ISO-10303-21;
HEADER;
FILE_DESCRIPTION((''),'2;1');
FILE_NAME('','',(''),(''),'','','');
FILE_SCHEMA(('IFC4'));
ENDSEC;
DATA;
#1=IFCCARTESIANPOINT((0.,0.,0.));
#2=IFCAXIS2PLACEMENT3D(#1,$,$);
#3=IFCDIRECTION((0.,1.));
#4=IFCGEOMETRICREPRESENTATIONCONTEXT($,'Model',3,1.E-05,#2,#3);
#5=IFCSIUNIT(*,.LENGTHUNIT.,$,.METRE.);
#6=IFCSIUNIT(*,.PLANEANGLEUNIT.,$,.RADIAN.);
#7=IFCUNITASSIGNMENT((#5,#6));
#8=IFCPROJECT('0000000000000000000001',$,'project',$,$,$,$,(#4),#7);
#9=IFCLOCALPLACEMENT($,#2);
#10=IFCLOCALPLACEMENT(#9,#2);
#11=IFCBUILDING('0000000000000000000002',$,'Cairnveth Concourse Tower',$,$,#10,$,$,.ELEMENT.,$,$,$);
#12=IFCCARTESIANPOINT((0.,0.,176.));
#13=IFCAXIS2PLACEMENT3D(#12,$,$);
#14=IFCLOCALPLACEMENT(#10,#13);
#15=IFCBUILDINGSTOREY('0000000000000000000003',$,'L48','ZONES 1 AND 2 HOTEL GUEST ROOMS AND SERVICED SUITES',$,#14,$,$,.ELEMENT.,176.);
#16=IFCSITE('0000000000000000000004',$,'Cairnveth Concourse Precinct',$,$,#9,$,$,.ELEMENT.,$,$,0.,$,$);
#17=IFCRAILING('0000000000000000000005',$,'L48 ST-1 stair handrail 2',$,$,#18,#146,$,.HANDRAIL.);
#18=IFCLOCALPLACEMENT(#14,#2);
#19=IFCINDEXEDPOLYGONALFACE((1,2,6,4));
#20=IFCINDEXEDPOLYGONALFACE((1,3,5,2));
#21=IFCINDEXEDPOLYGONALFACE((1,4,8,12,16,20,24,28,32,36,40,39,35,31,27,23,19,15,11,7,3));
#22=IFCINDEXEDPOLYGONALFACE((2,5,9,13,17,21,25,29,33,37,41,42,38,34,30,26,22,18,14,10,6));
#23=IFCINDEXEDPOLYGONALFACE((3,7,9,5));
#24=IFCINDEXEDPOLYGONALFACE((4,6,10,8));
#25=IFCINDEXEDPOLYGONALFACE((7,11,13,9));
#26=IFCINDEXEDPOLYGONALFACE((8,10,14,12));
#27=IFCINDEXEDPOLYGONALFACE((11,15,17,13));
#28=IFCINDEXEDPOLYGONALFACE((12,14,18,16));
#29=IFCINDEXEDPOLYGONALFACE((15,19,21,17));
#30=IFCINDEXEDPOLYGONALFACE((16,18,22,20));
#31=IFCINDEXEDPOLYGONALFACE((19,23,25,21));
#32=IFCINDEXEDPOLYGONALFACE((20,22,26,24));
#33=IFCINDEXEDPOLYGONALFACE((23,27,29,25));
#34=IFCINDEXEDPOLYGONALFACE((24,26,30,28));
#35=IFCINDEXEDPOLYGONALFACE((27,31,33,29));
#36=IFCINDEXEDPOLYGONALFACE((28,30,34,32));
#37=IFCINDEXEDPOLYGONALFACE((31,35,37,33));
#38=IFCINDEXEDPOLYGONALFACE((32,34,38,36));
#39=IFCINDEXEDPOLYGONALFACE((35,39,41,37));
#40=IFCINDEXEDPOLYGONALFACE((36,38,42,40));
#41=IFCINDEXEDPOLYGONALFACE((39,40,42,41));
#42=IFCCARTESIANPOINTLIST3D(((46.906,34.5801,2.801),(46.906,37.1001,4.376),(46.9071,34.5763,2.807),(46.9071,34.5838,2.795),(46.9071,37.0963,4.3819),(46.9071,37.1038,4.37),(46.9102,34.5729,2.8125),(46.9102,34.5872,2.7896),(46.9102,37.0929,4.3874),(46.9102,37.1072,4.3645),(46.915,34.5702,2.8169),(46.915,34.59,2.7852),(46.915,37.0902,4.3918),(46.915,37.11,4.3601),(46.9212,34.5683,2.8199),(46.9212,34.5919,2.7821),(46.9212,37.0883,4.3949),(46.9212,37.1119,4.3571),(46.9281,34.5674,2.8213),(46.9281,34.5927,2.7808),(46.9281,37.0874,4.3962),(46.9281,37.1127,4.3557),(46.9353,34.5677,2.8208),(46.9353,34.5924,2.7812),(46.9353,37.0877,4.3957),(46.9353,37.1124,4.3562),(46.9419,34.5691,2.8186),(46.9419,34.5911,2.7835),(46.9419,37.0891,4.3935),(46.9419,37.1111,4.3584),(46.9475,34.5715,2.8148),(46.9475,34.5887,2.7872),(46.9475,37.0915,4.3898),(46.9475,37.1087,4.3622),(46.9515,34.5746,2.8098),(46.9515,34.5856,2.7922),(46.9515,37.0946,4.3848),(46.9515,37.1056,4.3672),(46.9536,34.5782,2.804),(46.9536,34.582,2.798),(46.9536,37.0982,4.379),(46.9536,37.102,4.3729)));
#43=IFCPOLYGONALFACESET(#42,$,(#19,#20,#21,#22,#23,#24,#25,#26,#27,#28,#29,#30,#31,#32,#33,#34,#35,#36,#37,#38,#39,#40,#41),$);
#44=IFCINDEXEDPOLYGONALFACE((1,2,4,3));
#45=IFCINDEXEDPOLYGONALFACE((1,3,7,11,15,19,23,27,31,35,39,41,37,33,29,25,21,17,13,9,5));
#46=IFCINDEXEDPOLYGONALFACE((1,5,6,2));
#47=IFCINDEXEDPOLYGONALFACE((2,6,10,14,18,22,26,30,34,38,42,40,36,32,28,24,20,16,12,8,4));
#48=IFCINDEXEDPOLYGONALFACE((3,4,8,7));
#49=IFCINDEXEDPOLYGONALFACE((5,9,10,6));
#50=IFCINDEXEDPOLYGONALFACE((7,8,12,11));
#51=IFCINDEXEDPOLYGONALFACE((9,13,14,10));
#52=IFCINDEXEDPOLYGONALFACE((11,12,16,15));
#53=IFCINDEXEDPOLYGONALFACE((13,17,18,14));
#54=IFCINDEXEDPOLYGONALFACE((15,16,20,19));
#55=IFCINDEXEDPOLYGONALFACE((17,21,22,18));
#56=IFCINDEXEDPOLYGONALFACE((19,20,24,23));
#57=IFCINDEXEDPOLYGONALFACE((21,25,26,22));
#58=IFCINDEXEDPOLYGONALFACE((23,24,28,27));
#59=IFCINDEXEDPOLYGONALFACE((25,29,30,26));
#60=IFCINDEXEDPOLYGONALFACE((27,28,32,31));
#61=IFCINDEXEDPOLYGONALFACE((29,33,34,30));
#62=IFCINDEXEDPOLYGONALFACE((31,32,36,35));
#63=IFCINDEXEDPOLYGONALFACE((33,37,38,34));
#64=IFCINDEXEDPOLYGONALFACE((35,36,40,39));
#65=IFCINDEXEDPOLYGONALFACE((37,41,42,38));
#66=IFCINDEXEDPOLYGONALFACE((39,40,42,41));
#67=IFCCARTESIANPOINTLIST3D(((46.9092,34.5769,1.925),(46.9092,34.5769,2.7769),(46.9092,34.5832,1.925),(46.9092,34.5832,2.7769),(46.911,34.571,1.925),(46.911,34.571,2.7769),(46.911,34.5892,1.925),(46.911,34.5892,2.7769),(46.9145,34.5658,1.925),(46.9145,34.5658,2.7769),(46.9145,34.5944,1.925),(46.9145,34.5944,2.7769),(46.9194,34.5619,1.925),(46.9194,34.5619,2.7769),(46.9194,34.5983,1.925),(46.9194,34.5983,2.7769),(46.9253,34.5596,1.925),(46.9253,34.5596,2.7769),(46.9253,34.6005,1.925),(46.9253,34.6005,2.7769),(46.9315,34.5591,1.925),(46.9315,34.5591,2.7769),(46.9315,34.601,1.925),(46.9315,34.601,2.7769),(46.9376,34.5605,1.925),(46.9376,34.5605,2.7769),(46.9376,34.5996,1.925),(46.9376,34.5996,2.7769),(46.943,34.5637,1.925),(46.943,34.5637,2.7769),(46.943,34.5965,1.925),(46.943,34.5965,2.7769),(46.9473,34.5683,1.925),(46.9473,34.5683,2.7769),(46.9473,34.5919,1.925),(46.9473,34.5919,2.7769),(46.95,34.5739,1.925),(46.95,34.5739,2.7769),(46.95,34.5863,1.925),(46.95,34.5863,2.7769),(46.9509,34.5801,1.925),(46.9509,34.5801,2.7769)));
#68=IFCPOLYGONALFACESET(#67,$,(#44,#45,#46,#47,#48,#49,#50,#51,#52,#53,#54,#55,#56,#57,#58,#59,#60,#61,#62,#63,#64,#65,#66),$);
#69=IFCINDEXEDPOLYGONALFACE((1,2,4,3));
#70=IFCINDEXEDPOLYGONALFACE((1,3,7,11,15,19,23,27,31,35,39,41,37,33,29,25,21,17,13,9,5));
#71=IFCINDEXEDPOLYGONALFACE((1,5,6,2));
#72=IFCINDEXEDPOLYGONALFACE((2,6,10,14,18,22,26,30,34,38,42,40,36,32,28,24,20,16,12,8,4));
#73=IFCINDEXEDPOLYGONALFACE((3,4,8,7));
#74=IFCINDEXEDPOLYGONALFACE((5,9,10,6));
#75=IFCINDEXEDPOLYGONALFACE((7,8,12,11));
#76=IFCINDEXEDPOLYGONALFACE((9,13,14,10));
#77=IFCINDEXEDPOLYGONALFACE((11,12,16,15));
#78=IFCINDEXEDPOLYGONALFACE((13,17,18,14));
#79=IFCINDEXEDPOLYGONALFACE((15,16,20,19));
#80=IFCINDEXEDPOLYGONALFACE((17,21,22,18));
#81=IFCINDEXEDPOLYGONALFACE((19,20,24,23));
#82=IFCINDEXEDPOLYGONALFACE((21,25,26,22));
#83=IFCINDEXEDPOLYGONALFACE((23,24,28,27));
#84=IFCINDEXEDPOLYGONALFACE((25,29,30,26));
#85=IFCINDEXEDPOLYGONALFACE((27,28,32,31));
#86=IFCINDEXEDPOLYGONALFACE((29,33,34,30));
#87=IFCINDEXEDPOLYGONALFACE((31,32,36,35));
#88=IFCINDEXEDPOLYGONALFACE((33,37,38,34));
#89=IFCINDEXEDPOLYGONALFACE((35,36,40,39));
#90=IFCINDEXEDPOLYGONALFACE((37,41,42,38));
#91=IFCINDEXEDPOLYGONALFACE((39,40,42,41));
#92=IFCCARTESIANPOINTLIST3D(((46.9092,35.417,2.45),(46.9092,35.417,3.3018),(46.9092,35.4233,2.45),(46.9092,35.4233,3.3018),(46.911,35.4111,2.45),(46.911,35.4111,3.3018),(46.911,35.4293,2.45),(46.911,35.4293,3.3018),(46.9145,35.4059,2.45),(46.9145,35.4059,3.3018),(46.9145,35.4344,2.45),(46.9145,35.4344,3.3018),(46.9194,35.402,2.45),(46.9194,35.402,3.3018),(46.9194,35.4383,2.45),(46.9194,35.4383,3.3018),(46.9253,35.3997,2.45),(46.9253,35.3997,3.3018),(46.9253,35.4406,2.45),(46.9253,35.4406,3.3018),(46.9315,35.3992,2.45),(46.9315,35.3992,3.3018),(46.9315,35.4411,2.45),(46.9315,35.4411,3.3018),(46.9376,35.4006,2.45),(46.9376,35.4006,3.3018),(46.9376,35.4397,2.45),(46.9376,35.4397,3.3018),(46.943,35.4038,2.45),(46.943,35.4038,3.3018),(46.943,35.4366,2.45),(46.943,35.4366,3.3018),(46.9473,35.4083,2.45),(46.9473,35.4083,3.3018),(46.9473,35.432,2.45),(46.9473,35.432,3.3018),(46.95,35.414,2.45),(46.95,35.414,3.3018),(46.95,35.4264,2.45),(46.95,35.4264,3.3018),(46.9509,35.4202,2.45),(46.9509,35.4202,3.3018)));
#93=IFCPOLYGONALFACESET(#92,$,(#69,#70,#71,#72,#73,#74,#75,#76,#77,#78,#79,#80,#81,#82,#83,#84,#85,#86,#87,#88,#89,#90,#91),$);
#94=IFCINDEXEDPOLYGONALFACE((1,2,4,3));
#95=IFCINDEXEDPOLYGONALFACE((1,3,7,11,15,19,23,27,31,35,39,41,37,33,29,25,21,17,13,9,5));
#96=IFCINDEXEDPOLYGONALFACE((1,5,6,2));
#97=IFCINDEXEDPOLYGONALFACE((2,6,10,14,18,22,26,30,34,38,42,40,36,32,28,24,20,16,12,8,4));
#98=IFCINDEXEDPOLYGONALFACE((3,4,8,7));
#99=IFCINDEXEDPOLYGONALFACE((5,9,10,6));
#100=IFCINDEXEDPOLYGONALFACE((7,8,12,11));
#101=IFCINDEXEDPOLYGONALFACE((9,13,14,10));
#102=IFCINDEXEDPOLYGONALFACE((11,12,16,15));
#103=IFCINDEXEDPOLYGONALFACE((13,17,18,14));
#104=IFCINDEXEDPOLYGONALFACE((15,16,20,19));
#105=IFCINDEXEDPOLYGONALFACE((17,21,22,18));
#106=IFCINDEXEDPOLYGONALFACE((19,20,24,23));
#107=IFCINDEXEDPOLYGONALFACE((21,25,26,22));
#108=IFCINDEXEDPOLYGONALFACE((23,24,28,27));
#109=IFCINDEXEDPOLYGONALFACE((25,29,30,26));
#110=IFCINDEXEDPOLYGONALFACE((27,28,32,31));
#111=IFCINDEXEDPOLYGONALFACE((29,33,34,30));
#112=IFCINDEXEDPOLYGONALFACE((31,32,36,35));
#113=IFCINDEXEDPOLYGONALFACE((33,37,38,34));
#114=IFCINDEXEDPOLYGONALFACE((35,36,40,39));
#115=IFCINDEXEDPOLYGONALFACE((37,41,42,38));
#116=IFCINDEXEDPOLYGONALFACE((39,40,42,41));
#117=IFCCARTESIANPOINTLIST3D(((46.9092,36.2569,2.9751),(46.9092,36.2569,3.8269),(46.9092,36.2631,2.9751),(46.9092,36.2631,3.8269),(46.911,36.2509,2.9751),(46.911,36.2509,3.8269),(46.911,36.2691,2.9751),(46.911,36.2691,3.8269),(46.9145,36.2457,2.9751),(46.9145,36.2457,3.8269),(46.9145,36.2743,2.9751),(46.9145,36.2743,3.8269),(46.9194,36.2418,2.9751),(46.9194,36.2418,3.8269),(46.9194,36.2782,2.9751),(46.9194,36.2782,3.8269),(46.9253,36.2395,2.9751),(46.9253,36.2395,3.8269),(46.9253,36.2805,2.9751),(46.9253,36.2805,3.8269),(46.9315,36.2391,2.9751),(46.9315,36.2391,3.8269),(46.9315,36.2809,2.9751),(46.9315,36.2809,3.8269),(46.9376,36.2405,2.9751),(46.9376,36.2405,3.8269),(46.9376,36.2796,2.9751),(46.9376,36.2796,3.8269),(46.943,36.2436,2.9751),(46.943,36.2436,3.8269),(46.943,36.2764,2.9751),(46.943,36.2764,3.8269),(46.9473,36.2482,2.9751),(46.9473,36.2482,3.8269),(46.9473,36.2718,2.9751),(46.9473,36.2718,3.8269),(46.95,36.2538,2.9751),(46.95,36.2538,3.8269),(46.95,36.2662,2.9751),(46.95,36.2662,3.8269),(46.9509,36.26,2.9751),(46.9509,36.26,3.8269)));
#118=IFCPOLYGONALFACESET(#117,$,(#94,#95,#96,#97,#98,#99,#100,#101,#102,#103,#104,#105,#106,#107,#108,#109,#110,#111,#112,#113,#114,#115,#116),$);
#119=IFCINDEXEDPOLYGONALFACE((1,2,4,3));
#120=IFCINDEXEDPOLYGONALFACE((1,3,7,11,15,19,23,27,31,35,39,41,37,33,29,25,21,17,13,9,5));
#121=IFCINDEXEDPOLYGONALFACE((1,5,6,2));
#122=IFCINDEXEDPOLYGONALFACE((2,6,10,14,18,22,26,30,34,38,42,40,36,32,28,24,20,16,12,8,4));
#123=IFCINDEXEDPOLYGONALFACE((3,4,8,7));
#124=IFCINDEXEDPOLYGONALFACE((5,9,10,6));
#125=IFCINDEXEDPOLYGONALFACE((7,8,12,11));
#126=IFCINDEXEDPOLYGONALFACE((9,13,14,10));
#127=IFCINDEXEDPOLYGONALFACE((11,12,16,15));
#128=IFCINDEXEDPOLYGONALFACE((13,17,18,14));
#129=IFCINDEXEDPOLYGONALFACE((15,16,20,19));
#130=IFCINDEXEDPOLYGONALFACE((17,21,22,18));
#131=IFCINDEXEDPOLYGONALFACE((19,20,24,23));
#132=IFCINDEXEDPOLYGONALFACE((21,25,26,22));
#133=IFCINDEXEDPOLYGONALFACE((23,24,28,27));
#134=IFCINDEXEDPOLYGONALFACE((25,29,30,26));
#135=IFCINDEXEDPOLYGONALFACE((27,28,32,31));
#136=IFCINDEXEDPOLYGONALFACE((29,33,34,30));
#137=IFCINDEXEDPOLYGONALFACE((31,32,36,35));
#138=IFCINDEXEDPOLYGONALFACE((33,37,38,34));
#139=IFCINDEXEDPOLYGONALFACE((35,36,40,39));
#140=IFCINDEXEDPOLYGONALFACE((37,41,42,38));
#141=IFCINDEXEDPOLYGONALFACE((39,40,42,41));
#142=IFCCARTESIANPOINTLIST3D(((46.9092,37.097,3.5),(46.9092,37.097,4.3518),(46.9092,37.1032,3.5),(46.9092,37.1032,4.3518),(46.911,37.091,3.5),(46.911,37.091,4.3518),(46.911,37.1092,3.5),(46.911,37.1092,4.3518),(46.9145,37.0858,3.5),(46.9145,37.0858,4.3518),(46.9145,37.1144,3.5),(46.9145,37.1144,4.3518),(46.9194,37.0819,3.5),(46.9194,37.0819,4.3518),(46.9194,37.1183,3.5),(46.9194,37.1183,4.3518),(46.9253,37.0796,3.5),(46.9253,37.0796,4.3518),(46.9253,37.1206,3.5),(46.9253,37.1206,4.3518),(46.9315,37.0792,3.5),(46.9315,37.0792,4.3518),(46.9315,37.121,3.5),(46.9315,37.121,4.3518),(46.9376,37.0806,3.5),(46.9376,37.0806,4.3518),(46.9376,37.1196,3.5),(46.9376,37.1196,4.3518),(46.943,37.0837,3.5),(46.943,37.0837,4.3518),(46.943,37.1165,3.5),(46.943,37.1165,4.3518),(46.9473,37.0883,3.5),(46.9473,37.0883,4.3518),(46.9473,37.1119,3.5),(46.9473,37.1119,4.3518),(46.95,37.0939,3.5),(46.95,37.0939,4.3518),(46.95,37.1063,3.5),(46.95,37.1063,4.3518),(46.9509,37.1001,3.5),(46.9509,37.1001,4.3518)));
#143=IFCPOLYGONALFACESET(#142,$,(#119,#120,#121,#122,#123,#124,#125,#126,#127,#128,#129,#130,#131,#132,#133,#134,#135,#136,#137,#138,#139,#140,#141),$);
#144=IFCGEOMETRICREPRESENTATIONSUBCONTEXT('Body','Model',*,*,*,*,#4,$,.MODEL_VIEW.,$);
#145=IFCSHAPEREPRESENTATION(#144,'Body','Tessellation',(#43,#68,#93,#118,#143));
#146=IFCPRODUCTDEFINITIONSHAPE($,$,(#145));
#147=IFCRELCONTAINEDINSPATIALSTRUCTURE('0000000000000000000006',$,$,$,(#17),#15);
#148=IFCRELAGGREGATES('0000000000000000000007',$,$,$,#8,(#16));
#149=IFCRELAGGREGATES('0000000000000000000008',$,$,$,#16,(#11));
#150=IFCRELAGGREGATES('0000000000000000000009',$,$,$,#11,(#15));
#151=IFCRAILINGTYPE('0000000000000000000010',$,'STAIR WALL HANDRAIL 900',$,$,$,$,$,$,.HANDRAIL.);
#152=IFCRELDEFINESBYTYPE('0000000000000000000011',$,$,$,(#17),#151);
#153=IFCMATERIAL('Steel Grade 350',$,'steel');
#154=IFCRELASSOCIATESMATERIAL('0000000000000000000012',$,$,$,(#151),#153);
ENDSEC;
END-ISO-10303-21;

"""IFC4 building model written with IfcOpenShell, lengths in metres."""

from ifc_helpers import new_model, si_unit, direction, frame, origin, origin_2d, place, context, subcontext, project, spatial, circle, extrude, material, type_object, element, save


model = new_model("IFC4")

# Units and contexts
model_context = context("Model", 3, precision=1e-05, world=origin(), true_north=direction((0.0, 1.0)))
body_context = subcontext(model_context, "Body", "Model", "MODEL_VIEW")
ifc_project = project(units=[si_unit("LENGTHUNIT", "METRE"), si_unit("PLANEANGLEUNIT", "RADIAN")], contexts=[model_context])

# Site, building, storey
site_placement = place(None, origin())
site = spatial("IfcSite", under=ifc_project, at=site_placement, Name="Cairnveth Concourse Precinct", CompositionType="ELEMENT", RefElevation=0.0)
building_placement = place(site_placement, origin())
building = spatial("IfcBuilding", under=site, at=building_placement, Name="Cairnveth Concourse Tower", CompositionType="ELEMENT")
storey_placement = place(building_placement, frame((0.0, 0.0, 176.0)))
storey = spatial("IfcBuildingStorey", under=building, at=storey_placement, Name="L48", Description="ZONES 1 AND 2 HOTEL GUEST ROOMS AND SERVICED SUITES", CompositionType="ELEMENT", Elevation=176.0)

# Shared definitions
ifc_material_1 = material(Name="Steel Grade 350", Category="steel")

# Railing
railing_type_1 = type_object("IfcRailingType", Name="STAIR WALL HANDRAIL 900", PredefinedType="HANDRAIL", material=ifc_material_1)
railing_1_placement = place(storey_placement, frame((46.9299, 34.5801, 1.925)))
element("IfcRailing", 1, at=railing_1_placement, inside=storey, type_object=railing_type_1, Name="L48 ST-1 stair handrail 2", PredefinedType="HANDRAIL", context=body_context, shape_type="SweptSolid", body=[
    extrude(circle(Radius=0.0239, at=origin_2d()), frame((0.0, 0.0, 0.876), z_axis=(0.0, 0.848008, 0.529984), x_axis=(-1.0, 0.0, 0.0)), (0.0, 0.0, 1.0), 2.9717),
    extrude(circle(Radius=0.021, at=origin_2d()), origin(), (0.0, 0.0, 1.0), 0.8518),
    extrude(circle(Radius=0.021, at=origin_2d()), frame((0.0, 0.8401, 0.5249)), (0.0, 0.0, 1.0), 0.8518),
    extrude(circle(Radius=0.021, at=origin_2d()), frame((0.0, 1.6799, 1.05)), (0.0, 0.0, 1.0), 0.8518),
    extrude(circle(Radius=0.021, at=origin_2d()), frame((0.0, 2.52, 1.575)), (0.0, 0.0, 1.0), 0.8518),
])

save(model, "model.ifc")
